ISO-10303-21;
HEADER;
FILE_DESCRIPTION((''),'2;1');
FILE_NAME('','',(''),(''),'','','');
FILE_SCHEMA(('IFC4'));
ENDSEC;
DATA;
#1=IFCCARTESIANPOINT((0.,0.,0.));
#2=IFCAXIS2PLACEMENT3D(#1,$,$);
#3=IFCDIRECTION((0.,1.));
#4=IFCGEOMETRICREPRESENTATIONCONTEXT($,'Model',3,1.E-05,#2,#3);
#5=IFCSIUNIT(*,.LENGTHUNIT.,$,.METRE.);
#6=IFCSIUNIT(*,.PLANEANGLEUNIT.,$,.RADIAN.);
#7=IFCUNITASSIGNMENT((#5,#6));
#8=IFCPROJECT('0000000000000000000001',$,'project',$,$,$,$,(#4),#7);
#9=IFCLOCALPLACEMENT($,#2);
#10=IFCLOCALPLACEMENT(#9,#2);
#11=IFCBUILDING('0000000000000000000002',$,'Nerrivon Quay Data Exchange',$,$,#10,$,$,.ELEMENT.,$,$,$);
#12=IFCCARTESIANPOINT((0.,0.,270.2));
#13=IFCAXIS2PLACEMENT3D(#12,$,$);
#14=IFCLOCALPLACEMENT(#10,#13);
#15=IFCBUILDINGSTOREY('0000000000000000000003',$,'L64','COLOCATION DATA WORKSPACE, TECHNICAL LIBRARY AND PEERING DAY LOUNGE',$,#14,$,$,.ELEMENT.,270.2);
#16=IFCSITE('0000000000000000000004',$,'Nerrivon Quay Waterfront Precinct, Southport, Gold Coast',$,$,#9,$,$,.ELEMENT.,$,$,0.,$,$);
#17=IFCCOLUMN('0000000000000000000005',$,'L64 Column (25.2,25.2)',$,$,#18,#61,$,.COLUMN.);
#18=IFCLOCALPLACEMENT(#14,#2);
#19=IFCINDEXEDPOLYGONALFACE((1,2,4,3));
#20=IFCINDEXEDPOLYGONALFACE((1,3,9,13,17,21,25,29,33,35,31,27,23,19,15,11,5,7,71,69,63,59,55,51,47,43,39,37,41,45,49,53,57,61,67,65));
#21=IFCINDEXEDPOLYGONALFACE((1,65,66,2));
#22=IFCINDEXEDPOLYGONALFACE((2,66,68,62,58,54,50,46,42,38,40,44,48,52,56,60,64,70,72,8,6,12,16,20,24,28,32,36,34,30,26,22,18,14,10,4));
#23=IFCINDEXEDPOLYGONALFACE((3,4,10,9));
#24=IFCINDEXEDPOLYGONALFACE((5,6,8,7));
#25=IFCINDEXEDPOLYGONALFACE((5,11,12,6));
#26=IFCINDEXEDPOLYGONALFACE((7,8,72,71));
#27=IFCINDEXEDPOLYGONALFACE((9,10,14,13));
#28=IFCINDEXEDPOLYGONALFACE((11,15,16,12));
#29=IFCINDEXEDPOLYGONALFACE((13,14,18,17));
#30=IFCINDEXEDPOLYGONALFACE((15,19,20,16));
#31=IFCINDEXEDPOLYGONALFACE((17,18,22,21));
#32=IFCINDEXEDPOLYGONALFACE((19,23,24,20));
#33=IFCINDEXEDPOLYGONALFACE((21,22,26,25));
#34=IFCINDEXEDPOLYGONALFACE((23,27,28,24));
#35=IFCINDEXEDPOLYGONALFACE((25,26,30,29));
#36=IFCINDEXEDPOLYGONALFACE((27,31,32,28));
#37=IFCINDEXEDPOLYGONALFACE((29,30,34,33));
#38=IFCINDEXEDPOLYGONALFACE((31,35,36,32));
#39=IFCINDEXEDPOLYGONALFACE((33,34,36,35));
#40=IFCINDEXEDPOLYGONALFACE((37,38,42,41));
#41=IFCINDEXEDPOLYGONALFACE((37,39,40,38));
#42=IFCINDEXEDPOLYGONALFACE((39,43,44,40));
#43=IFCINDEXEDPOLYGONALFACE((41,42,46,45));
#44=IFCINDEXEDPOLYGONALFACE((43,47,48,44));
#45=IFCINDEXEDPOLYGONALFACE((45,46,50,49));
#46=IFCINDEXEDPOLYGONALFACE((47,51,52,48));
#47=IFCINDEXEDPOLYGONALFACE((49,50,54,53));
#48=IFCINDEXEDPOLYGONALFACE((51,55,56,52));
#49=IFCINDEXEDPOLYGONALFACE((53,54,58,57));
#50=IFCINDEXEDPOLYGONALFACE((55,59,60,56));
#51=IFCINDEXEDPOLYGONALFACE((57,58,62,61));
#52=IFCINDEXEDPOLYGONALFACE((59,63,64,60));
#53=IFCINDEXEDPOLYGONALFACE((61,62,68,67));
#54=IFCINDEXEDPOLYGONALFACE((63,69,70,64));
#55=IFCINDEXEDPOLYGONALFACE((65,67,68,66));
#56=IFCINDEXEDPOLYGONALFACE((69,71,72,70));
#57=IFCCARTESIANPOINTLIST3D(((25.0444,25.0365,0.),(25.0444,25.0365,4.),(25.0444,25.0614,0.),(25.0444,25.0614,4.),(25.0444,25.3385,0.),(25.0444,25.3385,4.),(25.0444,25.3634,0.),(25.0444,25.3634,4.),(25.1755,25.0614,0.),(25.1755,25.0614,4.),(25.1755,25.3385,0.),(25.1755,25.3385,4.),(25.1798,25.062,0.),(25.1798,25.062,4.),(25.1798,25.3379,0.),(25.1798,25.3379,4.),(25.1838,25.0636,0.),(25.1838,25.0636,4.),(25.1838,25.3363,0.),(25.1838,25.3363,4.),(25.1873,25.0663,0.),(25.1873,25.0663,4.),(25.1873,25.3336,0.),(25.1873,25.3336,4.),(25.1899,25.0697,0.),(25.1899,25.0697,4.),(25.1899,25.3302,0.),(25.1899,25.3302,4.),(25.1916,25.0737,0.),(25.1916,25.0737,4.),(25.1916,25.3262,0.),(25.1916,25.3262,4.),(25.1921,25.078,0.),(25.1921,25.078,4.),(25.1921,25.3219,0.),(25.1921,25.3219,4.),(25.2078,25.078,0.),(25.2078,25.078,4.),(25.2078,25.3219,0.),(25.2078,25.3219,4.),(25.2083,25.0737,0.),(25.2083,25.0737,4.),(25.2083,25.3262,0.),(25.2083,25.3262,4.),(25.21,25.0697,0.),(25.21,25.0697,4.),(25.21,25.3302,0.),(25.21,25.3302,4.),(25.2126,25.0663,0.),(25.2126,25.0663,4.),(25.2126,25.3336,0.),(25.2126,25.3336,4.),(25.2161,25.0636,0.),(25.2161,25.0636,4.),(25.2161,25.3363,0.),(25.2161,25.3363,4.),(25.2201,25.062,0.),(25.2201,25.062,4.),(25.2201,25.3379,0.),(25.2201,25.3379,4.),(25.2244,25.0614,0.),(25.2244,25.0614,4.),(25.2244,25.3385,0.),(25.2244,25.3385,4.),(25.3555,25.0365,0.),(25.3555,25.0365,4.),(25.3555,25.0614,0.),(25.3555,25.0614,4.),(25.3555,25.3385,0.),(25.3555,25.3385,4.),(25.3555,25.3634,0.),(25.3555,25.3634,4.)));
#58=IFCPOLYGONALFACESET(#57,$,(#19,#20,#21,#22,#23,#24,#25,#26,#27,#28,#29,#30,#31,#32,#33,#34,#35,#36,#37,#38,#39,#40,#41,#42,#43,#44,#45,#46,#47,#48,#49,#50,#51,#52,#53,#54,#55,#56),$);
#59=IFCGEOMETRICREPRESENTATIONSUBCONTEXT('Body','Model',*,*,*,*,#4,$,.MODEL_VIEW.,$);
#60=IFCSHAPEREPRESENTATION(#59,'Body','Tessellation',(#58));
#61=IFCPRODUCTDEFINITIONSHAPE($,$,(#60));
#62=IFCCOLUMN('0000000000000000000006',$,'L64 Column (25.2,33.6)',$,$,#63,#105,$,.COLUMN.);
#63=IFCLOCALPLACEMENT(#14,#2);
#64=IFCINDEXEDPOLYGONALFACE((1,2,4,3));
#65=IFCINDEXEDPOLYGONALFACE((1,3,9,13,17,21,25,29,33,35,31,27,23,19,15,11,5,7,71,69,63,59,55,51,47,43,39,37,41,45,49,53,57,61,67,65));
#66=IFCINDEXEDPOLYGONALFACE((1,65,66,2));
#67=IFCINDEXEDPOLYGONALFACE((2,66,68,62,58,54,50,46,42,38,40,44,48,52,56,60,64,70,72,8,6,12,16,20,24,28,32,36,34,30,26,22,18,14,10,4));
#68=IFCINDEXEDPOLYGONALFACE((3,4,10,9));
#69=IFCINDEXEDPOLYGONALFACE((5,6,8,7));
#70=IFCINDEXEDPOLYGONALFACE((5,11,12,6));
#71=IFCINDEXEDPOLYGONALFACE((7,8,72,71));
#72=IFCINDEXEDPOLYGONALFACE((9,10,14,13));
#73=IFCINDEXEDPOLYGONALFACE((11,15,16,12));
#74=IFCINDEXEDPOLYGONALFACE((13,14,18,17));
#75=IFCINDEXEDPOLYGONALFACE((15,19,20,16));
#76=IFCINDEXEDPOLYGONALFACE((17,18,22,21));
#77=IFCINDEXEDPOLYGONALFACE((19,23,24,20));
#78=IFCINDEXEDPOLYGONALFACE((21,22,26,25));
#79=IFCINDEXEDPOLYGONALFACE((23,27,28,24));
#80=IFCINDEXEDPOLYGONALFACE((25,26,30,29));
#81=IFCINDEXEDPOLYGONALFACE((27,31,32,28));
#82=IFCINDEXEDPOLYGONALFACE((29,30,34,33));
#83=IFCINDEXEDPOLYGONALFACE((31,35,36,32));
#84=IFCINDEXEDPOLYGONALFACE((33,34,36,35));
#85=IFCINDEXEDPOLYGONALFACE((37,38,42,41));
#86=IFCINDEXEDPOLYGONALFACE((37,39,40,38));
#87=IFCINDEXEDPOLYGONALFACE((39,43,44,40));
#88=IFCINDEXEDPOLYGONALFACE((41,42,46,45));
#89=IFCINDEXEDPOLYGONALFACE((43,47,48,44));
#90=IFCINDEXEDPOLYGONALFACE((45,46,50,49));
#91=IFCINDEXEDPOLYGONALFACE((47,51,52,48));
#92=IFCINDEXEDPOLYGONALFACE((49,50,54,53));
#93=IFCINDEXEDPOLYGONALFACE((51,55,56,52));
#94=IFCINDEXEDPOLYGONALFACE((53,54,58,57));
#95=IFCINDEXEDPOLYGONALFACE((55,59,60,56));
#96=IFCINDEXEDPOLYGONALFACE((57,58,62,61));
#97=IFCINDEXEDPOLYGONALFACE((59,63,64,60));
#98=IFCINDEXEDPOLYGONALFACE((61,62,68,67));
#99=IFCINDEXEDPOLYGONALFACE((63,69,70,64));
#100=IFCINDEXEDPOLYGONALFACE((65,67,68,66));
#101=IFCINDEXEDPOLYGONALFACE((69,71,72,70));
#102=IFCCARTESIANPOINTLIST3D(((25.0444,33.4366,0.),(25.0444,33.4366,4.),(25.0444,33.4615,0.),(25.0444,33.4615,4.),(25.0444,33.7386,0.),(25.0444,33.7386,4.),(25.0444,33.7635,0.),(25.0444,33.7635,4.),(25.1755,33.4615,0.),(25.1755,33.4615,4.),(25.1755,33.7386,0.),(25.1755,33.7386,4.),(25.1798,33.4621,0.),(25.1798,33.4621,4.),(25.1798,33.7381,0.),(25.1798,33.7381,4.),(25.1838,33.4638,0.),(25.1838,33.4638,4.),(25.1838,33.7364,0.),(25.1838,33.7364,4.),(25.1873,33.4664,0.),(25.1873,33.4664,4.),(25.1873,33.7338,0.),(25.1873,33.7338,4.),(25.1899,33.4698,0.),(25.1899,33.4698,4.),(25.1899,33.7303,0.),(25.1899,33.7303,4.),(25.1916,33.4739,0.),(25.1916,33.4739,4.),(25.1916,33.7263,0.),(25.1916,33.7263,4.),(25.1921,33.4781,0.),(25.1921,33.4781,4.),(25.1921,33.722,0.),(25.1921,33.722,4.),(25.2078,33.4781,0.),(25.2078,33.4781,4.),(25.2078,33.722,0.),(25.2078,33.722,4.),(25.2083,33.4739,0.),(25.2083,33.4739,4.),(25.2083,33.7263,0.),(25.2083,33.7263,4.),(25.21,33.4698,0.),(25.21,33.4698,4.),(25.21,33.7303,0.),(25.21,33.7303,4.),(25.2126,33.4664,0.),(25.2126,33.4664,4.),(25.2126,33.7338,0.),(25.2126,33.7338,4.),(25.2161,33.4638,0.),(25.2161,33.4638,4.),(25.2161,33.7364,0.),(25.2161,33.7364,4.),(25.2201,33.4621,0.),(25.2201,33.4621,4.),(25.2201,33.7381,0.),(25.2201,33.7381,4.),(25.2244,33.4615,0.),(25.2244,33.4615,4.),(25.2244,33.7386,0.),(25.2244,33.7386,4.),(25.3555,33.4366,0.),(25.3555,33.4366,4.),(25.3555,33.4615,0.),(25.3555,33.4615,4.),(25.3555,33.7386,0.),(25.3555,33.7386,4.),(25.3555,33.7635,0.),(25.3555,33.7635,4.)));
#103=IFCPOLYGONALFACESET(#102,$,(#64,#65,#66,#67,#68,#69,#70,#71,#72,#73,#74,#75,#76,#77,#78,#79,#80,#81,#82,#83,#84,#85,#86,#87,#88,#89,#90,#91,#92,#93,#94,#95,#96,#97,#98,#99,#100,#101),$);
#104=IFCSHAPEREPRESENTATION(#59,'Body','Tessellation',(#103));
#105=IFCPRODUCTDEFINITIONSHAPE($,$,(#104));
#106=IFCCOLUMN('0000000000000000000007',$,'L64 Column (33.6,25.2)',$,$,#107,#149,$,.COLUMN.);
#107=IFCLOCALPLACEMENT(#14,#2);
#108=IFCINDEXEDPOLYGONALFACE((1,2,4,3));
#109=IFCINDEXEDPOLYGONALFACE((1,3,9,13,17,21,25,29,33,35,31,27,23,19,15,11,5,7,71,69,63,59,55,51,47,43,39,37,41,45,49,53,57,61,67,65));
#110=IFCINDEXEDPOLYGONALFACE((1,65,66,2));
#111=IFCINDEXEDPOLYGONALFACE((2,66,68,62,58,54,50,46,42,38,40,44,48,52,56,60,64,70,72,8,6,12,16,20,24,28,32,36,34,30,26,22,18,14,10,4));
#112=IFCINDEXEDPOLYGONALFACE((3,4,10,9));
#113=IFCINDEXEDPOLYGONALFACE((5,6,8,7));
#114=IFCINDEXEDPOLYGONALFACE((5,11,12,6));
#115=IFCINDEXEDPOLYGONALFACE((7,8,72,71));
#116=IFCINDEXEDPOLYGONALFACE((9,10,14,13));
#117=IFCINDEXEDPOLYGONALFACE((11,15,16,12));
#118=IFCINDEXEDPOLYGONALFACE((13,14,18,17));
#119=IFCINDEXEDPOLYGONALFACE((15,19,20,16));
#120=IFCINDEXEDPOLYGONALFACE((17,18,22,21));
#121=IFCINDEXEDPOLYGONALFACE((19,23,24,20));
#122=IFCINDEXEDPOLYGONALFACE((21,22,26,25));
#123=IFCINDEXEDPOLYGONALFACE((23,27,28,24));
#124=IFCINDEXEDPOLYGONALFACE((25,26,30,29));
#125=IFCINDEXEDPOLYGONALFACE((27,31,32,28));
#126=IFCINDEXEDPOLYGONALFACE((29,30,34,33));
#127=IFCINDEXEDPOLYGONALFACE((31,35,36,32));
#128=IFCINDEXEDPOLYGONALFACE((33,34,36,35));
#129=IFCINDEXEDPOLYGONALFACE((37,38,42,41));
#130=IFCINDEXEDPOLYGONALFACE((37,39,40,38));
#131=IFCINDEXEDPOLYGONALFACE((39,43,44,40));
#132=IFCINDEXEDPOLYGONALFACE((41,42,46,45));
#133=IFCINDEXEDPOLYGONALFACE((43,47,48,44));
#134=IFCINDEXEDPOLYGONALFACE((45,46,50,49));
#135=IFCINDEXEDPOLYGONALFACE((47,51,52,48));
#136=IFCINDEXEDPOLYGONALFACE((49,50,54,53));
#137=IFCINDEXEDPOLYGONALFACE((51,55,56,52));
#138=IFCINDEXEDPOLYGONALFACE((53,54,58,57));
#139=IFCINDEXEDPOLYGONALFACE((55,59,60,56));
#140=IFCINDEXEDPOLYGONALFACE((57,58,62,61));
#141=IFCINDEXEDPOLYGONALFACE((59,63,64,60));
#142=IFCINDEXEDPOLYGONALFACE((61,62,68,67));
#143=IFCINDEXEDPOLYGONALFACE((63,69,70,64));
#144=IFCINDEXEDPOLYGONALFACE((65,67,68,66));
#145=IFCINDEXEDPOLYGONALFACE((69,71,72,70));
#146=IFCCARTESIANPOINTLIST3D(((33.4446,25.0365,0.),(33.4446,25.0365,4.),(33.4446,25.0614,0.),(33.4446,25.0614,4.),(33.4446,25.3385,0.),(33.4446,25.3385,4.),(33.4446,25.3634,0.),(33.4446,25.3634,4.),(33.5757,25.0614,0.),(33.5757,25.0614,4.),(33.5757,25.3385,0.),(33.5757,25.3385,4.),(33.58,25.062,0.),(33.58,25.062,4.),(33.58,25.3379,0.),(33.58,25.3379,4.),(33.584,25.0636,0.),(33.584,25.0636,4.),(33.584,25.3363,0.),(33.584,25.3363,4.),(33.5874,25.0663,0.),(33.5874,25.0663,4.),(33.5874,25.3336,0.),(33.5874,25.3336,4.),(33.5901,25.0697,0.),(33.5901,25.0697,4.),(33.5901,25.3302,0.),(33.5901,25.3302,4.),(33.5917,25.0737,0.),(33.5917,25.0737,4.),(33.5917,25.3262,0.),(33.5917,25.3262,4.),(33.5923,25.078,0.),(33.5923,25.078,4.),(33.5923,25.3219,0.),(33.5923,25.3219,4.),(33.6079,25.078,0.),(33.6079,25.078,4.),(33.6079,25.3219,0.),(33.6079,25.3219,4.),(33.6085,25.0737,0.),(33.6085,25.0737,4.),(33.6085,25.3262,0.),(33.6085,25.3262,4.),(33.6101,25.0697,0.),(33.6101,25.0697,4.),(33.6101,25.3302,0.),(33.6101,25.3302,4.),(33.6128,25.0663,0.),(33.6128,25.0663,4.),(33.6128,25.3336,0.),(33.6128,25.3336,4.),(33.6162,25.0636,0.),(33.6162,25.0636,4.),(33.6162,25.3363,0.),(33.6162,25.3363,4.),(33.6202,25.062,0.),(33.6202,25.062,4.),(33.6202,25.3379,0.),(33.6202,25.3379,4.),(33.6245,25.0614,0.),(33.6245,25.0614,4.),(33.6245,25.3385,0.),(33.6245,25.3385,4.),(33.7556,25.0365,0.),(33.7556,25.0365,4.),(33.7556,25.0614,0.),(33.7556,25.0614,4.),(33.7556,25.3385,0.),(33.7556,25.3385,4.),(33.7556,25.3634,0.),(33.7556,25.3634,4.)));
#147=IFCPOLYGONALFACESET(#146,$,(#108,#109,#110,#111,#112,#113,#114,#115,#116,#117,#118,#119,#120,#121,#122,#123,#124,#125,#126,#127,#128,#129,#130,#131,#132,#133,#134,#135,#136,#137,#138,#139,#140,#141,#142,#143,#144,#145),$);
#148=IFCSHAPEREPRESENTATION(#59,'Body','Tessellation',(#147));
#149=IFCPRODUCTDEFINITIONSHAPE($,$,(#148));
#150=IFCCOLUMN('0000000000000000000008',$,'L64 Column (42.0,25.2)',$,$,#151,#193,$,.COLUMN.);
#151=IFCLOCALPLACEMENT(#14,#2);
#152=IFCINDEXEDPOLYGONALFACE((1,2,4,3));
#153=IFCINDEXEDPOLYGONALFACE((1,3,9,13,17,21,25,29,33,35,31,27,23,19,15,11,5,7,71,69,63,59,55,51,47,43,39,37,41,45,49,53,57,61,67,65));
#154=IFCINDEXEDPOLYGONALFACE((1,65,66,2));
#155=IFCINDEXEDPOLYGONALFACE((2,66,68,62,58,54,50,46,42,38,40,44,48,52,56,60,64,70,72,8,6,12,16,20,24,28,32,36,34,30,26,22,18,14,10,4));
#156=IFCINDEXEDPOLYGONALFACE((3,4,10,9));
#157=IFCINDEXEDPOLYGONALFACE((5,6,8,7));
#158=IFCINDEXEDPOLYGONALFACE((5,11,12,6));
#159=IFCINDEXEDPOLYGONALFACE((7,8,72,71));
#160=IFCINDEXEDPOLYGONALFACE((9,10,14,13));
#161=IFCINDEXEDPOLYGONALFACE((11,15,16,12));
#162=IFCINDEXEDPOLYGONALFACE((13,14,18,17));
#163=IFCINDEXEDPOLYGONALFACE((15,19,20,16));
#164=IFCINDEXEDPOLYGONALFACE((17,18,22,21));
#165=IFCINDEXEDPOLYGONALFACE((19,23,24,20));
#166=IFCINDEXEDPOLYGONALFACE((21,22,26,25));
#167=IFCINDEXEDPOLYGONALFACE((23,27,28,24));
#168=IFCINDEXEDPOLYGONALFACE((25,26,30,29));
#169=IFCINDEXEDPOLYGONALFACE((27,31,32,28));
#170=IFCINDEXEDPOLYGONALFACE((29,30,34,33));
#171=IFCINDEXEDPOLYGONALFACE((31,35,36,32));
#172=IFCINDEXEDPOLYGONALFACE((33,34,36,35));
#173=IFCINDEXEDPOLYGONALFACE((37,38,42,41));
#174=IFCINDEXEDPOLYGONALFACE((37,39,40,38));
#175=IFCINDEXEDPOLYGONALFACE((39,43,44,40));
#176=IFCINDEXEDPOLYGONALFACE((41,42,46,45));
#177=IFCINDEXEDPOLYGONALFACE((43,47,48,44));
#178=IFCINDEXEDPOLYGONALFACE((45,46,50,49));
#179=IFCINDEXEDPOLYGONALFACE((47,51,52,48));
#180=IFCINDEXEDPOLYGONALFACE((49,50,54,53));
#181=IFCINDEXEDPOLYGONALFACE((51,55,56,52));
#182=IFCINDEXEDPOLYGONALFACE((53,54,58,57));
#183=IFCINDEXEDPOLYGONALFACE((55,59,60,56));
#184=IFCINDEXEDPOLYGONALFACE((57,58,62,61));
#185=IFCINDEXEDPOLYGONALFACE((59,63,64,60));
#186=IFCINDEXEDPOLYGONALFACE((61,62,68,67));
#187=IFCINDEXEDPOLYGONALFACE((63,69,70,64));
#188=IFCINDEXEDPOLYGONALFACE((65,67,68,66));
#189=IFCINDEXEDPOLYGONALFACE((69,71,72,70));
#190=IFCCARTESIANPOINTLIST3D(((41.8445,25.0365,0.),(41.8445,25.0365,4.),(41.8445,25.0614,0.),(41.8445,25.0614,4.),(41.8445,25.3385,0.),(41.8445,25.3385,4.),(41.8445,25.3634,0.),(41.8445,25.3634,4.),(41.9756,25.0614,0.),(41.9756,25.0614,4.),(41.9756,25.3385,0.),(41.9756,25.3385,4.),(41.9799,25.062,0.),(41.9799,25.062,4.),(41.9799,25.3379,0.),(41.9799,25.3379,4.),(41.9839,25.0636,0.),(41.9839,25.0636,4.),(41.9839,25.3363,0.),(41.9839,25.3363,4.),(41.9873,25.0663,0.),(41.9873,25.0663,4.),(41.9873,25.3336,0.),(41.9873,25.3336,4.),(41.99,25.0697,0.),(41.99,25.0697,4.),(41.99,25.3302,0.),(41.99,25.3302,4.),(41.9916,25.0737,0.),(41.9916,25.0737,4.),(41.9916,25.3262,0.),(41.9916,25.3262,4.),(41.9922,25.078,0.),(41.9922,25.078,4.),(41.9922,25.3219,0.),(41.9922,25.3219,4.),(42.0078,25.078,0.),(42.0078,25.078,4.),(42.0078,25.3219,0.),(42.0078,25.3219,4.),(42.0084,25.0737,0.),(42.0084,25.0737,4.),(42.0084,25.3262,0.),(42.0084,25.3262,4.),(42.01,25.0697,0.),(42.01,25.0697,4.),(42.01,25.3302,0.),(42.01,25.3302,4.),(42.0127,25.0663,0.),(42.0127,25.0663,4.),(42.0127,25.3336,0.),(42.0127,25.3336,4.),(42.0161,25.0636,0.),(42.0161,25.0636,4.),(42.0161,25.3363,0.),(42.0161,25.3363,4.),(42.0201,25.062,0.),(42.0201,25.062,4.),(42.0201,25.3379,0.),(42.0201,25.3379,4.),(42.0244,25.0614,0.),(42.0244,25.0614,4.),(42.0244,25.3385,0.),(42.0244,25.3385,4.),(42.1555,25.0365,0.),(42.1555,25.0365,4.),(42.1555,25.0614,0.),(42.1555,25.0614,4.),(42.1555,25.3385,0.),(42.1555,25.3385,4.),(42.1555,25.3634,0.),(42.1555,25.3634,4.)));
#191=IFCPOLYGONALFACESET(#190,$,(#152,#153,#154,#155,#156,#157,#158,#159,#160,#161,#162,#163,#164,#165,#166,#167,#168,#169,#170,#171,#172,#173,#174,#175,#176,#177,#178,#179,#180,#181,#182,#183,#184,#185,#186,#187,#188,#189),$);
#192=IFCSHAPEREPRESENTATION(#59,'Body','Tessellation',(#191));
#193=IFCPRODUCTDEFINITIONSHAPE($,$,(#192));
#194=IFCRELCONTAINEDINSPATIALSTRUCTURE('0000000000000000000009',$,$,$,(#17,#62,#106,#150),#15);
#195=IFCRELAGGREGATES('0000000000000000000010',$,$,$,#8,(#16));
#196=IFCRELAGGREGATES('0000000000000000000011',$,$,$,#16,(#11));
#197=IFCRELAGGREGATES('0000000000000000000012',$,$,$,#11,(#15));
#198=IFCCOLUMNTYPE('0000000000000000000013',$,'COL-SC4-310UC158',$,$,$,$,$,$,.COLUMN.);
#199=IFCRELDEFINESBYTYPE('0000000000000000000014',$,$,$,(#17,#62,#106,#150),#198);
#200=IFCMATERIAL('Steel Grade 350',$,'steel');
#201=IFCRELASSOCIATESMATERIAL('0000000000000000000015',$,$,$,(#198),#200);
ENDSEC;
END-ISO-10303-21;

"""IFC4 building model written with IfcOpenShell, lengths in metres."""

from ifc_helpers import new_model, si_unit, direction, frame, origin, origin_2d, place, context, subcontext, project, spatial, i_section, extrude, material, material_profile, profile_set, type_object, element, save


model = new_model("IFC4")

# Units and contexts
model_context = context("Model", 3, precision=1e-05, world=origin(), true_north=direction((0.0, 1.0)))
body_context = subcontext(model_context, "Body", "Model", "MODEL_VIEW")
ifc_project = project(units=[si_unit("LENGTHUNIT", "METRE"), si_unit("PLANEANGLEUNIT", "RADIAN")], contexts=[model_context])

# Site, building, storey
site_placement = place(None, origin())
site = spatial("IfcSite", under=ifc_project, at=site_placement, Name="Nerrivon Quay Waterfront Precinct, Southport, Gold Coast", CompositionType="ELEMENT", RefElevation=0.0)
building_placement = place(site_placement, origin())
building = spatial("IfcBuilding", under=site, at=building_placement, Name="Nerrivon Quay Data Exchange", CompositionType="ELEMENT")
storey_placement = place(building_placement, frame((0.0, 0.0, 270.2)))
storey = spatial("IfcBuildingStorey", under=building, at=storey_placement, Name="L64", Description="COLOCATION DATA WORKSPACE, TECHNICAL LIBRARY AND PEERING DAY LOUNGE", CompositionType="ELEMENT", Elevation=270.2)

# Columns
ifc_material_1 = material(Name="Steel Grade 350", Category="steel")
ifc_material_profile_1 = material_profile(ifc_material_1, i_section(OverallWidth=0.311, OverallDepth=0.3269, WebThickness=0.0156, FlangeThickness=0.0249, FilletRadius=0.0166, at=origin_2d()), Name="310UC158")
ifc_profile_set_1 = profile_set([ifc_material_profile_1], Name="Steel Grade 350")
column_type = type_object("IfcColumnType", Name="COL-SC4-310UC158", PredefinedType="COLUMN", material=ifc_profile_set_1)
for number, where, z_axis, x_axis, name in (
    (1, (25.2, 25.2, 0.0), (0.0, 0.0, 1.0), (1.0, 0.0, 0.0), "L64 Column (25.2,25.2)"),
    (2, (25.2, 33.6001, 0.0), (0.0, 0.0, 1.0), (1.0, 0.0, 0.0), "L64 Column (25.2,33.6)"),
    (3, (33.6001, 25.2, 0.0), (0.0, 0.0, 1.0), (1.0, 0.0, 0.0), "L64 Column (33.6,25.2)"),
    (4, (42.0, 25.2, 0.0), (0.0, 0.0, 1.0), (1.0, 0.0, 0.0), "L64 Column (42.0,25.2)"),
):
    element("IfcColumn", number, at=place(storey_placement, frame(where, z_axis=z_axis, x_axis=x_axis)), inside=storey, type_object=column_type, Name=name, PredefinedType="COLUMN", context=body_context, shape_type="SweptSolid", body=[
        extrude(i_section(OverallWidth=0.311, OverallDepth=0.3269, WebThickness=0.0156, FlangeThickness=0.0249, FilletRadius=0.0166, at=origin_2d()), origin(), (0.0, 0.0, 1.0), 4.0),
    ])

save(model, "model.ifc")
